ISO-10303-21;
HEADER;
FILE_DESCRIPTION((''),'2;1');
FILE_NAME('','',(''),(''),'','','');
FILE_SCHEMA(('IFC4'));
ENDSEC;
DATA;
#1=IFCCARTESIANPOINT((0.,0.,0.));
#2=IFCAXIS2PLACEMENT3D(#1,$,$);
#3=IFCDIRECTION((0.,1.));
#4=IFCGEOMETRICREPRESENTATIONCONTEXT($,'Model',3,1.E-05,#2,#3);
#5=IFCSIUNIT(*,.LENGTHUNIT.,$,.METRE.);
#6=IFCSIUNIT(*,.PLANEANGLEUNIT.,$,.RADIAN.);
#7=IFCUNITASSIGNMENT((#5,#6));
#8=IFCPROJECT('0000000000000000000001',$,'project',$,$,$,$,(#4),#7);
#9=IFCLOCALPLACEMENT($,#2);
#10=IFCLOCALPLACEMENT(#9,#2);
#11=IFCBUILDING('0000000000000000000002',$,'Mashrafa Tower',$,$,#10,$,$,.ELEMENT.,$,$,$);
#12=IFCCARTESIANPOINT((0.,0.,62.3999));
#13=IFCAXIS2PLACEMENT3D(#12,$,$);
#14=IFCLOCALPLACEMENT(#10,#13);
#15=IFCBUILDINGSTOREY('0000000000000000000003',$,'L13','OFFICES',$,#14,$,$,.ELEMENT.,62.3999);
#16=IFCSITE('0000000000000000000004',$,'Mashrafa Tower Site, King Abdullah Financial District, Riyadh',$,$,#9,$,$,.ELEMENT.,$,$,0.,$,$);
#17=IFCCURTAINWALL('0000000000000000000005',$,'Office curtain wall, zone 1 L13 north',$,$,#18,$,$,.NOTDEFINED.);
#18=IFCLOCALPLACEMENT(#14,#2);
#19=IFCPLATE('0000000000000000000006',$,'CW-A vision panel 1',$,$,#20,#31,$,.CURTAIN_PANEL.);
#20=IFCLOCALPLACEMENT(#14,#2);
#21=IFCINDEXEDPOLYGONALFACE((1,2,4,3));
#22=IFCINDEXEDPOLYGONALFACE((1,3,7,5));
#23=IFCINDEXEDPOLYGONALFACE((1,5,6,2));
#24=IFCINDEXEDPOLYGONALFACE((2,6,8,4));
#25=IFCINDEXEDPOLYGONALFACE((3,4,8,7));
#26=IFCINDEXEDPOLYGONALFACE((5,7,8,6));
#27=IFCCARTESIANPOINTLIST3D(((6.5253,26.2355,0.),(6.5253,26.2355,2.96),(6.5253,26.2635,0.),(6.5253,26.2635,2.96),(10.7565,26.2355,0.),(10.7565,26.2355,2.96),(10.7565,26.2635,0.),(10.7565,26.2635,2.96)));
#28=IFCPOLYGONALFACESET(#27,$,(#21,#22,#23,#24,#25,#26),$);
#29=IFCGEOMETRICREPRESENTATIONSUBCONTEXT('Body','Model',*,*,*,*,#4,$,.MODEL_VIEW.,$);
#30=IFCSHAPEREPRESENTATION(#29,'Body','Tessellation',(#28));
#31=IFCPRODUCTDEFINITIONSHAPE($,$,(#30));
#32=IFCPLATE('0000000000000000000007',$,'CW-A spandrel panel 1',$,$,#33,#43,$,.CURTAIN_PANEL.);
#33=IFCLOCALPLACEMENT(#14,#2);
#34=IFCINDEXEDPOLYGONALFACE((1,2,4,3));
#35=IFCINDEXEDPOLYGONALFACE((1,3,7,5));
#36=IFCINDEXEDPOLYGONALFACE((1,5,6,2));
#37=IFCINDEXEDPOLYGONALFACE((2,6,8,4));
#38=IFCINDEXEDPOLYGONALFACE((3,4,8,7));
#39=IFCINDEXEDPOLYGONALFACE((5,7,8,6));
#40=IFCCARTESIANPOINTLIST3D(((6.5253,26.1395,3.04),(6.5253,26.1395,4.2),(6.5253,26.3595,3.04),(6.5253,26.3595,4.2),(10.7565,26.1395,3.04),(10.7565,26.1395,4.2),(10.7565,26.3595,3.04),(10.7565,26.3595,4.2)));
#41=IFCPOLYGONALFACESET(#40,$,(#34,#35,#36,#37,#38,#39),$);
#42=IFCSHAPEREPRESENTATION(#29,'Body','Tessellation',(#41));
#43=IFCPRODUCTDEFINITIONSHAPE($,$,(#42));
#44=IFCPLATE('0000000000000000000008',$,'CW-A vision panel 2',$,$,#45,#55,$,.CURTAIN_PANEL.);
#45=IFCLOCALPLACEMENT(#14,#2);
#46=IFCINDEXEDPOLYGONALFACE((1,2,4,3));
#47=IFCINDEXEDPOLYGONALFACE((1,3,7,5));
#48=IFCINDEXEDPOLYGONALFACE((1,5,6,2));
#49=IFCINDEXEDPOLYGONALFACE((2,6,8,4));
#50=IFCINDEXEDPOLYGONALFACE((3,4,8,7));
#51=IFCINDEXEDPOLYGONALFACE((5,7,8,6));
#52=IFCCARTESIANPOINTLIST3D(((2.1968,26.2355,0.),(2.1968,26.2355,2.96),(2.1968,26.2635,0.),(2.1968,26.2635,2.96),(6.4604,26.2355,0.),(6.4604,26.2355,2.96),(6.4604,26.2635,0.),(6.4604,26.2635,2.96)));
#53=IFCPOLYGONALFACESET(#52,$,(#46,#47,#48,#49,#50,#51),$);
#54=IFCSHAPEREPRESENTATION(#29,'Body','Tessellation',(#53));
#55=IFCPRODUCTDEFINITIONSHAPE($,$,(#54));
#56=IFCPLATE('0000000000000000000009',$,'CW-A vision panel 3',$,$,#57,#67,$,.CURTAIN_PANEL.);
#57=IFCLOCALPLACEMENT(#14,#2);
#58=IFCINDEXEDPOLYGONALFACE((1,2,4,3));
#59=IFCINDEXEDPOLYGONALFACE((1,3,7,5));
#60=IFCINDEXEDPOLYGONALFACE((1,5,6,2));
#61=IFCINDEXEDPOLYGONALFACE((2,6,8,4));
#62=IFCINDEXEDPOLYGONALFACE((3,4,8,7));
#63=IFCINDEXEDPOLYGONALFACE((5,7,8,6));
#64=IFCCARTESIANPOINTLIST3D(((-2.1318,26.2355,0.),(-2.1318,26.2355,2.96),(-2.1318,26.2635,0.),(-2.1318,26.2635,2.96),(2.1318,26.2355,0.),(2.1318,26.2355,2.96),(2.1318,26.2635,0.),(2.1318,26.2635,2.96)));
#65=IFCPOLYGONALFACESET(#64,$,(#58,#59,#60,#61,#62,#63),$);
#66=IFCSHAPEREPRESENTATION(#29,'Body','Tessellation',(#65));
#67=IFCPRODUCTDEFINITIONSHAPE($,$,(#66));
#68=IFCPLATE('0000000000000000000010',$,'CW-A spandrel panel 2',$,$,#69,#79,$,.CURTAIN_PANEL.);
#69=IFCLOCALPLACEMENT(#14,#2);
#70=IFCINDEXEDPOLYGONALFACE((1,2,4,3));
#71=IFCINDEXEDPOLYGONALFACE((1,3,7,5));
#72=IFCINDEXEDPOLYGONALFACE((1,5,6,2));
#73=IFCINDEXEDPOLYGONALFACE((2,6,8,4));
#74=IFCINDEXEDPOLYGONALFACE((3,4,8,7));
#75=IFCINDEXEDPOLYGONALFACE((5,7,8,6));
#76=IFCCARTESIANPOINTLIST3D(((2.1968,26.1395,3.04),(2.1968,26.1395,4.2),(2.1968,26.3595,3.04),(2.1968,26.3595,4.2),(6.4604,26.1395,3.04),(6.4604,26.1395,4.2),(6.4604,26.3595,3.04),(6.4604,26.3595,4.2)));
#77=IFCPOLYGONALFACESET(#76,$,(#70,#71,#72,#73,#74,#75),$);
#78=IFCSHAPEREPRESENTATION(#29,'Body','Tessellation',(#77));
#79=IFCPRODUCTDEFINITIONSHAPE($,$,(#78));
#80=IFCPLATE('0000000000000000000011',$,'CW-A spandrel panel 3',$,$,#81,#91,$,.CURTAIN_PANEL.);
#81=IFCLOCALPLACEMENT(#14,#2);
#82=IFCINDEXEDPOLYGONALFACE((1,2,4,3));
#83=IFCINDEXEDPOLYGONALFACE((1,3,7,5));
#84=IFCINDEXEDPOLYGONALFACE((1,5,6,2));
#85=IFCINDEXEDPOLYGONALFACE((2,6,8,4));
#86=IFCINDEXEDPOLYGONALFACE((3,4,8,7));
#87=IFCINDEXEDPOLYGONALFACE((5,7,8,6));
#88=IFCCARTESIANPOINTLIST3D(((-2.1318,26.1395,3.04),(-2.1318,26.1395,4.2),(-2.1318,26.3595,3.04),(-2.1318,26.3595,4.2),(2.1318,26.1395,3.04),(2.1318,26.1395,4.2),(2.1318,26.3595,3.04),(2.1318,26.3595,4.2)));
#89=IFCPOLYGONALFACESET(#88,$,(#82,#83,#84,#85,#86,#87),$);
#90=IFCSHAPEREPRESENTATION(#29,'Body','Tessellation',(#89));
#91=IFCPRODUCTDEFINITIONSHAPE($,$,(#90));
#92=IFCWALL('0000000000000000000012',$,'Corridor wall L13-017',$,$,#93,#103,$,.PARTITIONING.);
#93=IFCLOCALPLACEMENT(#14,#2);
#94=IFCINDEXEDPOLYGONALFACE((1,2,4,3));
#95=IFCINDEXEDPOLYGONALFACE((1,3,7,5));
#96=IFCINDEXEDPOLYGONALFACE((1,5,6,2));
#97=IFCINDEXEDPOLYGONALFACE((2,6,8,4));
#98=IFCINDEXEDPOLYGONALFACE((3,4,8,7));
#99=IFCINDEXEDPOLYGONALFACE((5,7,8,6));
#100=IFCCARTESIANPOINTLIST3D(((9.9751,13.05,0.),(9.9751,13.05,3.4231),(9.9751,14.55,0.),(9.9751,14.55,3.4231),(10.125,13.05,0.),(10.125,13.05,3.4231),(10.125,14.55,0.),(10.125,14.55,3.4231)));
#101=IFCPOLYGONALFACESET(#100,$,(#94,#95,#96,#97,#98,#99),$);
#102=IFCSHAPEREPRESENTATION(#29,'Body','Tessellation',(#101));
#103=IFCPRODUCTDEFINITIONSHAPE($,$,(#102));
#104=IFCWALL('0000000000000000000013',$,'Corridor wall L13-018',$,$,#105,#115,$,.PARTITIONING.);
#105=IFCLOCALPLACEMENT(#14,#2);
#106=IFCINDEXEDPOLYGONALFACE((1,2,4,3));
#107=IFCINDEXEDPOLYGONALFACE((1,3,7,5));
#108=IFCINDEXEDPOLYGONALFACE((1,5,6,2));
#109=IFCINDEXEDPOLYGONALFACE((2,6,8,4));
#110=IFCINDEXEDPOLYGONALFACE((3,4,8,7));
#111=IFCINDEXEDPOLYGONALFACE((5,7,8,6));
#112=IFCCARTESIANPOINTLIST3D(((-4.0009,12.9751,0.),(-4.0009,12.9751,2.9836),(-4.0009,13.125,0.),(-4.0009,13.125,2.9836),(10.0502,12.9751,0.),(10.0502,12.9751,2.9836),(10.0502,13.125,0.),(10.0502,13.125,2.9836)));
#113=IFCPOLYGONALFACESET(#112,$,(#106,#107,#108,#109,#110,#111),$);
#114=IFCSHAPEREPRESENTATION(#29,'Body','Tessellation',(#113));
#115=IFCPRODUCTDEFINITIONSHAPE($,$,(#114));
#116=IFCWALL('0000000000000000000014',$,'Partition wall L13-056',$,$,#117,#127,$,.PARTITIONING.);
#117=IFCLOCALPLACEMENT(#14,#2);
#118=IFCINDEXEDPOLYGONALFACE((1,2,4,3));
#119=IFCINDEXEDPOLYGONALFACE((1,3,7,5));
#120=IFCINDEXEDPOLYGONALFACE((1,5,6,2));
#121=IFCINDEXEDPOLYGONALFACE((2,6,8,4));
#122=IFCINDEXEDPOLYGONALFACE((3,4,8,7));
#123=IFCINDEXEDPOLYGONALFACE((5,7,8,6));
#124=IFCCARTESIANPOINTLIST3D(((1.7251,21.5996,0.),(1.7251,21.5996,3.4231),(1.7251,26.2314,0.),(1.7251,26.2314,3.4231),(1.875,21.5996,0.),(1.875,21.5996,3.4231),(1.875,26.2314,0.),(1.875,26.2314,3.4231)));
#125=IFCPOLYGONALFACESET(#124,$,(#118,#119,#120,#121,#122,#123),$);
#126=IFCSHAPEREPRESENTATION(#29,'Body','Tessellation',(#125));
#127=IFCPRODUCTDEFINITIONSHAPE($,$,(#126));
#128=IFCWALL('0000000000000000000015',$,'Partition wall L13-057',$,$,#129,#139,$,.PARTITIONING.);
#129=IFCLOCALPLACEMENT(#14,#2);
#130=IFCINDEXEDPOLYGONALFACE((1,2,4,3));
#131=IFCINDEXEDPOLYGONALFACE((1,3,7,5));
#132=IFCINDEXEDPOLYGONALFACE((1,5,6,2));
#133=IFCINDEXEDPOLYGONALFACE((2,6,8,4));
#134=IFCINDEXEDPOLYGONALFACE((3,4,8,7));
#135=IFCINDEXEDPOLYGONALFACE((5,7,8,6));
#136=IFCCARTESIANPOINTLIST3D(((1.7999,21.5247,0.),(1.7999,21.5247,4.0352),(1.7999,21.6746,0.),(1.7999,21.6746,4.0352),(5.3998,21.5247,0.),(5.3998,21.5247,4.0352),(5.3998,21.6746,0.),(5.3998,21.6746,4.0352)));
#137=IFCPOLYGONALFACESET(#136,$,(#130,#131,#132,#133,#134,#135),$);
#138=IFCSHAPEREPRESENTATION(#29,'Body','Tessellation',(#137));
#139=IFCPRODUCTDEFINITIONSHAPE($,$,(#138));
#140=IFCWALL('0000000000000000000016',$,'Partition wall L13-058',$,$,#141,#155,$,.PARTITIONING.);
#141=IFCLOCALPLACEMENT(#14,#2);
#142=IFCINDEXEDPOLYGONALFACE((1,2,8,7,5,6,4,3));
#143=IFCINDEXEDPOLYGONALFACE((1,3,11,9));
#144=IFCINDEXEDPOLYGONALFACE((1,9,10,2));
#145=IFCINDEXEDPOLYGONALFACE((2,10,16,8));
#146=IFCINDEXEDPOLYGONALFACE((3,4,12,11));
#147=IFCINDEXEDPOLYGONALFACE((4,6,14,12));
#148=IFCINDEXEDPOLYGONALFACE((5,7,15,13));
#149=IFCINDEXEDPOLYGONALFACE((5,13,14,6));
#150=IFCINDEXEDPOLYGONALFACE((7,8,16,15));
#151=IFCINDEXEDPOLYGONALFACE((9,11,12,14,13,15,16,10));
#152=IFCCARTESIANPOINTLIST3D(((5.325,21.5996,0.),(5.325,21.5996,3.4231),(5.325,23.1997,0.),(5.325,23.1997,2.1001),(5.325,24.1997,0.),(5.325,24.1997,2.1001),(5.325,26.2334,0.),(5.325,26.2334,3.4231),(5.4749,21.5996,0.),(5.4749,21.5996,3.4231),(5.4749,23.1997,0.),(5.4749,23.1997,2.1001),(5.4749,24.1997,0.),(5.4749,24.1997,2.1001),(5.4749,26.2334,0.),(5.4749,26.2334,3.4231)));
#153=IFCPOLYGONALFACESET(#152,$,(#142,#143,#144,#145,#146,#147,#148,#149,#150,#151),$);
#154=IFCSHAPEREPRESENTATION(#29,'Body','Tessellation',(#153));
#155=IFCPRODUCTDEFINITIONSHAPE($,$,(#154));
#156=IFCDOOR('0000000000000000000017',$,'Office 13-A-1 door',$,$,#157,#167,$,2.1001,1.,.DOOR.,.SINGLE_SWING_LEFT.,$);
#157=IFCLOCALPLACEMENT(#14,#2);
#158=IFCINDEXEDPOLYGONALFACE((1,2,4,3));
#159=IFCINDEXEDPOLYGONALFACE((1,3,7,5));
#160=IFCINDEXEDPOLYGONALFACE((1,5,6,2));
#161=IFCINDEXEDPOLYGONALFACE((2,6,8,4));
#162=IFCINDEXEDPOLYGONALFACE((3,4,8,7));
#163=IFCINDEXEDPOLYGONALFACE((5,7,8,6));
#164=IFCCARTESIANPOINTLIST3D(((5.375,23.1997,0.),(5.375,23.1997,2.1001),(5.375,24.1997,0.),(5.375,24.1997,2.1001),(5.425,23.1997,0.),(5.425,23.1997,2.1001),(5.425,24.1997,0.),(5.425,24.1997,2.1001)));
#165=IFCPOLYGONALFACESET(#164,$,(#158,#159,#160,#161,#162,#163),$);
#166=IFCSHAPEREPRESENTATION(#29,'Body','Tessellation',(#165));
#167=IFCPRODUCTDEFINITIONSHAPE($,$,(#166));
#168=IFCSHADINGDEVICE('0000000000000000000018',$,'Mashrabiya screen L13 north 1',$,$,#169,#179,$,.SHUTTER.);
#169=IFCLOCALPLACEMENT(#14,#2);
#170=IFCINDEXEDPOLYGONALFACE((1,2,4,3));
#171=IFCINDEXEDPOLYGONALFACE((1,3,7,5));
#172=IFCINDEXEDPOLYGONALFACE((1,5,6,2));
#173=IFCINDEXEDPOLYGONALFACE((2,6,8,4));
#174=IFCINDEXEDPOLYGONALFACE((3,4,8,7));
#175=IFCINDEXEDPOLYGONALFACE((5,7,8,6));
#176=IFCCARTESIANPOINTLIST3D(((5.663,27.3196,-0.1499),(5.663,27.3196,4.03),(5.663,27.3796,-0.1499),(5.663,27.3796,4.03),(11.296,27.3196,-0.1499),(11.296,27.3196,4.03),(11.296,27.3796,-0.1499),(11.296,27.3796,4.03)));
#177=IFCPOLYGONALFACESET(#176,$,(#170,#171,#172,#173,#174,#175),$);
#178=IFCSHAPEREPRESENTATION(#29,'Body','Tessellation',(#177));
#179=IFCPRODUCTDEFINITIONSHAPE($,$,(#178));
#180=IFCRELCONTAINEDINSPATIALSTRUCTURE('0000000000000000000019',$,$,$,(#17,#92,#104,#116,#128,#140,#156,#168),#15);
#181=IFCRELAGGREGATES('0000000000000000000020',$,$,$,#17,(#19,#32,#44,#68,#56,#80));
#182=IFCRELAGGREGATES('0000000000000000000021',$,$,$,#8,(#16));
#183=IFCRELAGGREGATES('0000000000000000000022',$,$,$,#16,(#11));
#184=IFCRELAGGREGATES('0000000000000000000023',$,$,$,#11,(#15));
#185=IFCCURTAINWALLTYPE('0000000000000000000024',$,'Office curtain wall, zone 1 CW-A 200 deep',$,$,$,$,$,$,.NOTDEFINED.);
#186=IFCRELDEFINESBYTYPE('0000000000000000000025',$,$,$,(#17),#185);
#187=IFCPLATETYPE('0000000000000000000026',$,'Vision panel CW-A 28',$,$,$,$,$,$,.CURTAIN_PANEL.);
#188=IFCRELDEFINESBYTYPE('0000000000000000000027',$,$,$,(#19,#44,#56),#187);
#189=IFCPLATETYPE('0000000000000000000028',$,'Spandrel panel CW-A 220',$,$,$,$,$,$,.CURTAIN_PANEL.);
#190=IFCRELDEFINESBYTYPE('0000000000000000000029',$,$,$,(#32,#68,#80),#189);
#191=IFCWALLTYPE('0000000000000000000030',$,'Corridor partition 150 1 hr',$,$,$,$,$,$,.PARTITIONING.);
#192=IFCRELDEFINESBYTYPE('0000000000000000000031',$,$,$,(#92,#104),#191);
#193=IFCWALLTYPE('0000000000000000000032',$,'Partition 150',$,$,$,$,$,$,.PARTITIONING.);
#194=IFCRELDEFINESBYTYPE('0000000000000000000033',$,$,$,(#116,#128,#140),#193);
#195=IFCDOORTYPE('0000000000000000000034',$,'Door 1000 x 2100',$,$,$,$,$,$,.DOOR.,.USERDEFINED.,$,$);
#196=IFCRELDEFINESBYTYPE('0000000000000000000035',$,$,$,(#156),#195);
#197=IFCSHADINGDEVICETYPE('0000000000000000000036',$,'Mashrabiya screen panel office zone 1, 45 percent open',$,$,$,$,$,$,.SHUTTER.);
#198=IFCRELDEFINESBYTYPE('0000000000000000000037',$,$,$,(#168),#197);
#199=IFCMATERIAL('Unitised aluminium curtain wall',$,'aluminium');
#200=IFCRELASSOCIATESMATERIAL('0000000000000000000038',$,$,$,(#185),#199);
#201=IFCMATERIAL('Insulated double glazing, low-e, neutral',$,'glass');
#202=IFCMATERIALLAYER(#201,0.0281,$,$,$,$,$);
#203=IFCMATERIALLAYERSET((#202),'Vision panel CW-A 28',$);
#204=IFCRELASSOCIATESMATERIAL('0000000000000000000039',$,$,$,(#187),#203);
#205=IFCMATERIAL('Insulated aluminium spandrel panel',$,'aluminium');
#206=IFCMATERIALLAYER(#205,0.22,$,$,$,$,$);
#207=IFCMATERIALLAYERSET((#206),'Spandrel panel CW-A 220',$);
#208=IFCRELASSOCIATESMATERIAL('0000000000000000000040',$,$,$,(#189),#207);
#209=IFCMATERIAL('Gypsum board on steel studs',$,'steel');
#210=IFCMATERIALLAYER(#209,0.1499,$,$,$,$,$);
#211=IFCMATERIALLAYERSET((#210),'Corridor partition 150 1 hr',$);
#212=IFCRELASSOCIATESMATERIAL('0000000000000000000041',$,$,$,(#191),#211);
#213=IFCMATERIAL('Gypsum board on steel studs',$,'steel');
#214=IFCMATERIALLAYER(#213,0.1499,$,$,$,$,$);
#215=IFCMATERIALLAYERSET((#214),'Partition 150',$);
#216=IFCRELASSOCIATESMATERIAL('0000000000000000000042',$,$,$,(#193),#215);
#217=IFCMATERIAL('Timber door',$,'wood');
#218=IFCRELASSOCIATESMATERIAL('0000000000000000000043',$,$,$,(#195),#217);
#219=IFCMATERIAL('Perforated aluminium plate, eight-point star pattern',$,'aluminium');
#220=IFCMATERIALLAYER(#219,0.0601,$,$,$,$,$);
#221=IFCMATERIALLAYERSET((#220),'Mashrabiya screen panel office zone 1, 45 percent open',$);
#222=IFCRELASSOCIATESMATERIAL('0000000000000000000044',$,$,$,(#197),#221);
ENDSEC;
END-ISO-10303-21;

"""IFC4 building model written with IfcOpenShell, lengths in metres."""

from ifc_helpers import new_model, si_unit, direction, frame, frame_2d, origin, origin_2d, place, context, subcontext, project, spatial, rectangle, extrude, source, transform, mapped, material, layer, layer_set, type_object, type_shapes, element, fill, aggregate, save


model = new_model("IFC4")

# Units and contexts
model_context = context("Model", 3, precision=1e-05, world=origin(), true_north=direction((0.0, 1.0)))
body_context = subcontext(model_context, "Body", "Model", "MODEL_VIEW")
ifc_project = project(units=[si_unit("LENGTHUNIT", "METRE"), si_unit("PLANEANGLEUNIT", "RADIAN")], contexts=[model_context])

# Site, building, storey
site_placement = place(None, origin())
site = spatial("IfcSite", under=ifc_project, at=site_placement, Name="Mashrafa Tower Site, King Abdullah Financial District, Riyadh", CompositionType="ELEMENT", RefElevation=0.0)
building_placement = place(site_placement, origin())
building = spatial("IfcBuilding", under=site, at=building_placement, Name="Mashrafa Tower", CompositionType="ELEMENT")
storey_placement = place(building_placement, frame((0.0, 0.0, 62.3999)))
storey = spatial("IfcBuildingStorey", under=building, at=storey_placement, Name="L13", Description="OFFICES", CompositionType="ELEMENT", Elevation=62.3999)

# Shared definitions
ifc_material_1 = material(Name="Unitised aluminium curtain wall", Category="aluminium")
curtain_wall_type = type_object("IfcCurtainWallType", Name="Office curtain wall, zone 1 CW-A 200 deep", PredefinedType="NOTDEFINED", material=ifc_material_1)

# Curtain wall, plates
curtain_wall_1_placement = place(storey_placement, origin())
curtain_wall_1 = element("IfcCurtainWall", 1, at=curtain_wall_1_placement, inside=storey, type_object=curtain_wall_type, Name="Office curtain wall, zone 1 L13 north", PredefinedType="NOTDEFINED")
ifc_material_2 = material(Name="Insulated double glazing, low-e, neutral", Category="glass")
ifc_layer_1 = layer(ifc_material_2, 0.0281)
ifc_layer_set_1 = layer_set([ifc_layer_1], Name="Vision panel CW-A 28")
plate_type_1 = type_object("IfcPlateType", Name="Vision panel CW-A 28", PredefinedType="CURTAIN_PANEL", material=ifc_layer_set_1)
shared_shape_1 = source(origin(), body_context, "Body", "SweptSolid", [
    extrude(rectangle(XDim=4.2312, YDim=0.0281, at=origin_2d()), origin(), (0.0, 0.0, 1.0), 2.96),
])
plate_1_placement = place(storey_placement, frame((8.6409, 26.2495, 0.0), z_axis=(0.0, 0.0, 1.0), x_axis=(-1.0, 0.0, 0.0)))
plate_1 = element("IfcPlate", 2, at=plate_1_placement, type_object=plate_type_1, Name="CW-A vision panel 1", PredefinedType="CURTAIN_PANEL", context=body_context, shape_type="MappedRepresentation", body=[
    mapped(shared_shape_1, transform((0.0, 0.0, 0.0))),
])
ifc_material_3 = material(Name="Insulated aluminium spandrel panel", Category="aluminium")
ifc_layer_2 = layer(ifc_material_3, 0.22)
ifc_layer_set_2 = layer_set([ifc_layer_2], Name="Spandrel panel CW-A 220")
plate_type_2 = type_object("IfcPlateType", Name="Spandrel panel CW-A 220", PredefinedType="CURTAIN_PANEL", material=ifc_layer_set_2)
shared_shape_2 = source(origin(), body_context, "Body", "SweptSolid", [
    extrude(rectangle(XDim=4.2312, YDim=0.22, at=origin_2d()), origin(), (0.0, 0.0, 1.0), 1.1599),
])
plate_2_placement = place(storey_placement, frame((8.6409, 26.2495, 3.04), z_axis=(0.0, 0.0, 1.0), x_axis=(-1.0, 0.0, 0.0)))
plate_2 = element("IfcPlate", 3, at=plate_2_placement, type_object=plate_type_2, Name="CW-A spandrel panel 1", PredefinedType="CURTAIN_PANEL", context=body_context, shape_type="MappedRepresentation", body=[
    mapped(shared_shape_2, transform((0.0, 0.0, 0.0))),
])
shared_shape_3 = source(origin(), body_context, "Body", "SweptSolid", [
    extrude(rectangle(XDim=4.2637, YDim=0.0281, at=origin_2d()), origin(), (0.0, 0.0, 1.0), 2.96),
])
type_shapes(plate_type_1, [shared_shape_1, shared_shape_3])
plate_3_placement = place(storey_placement, frame((4.3286, 26.2495, 0.0), z_axis=(0.0, 0.0, 1.0), x_axis=(-1.0, 0.0, 0.0)))
plate_3 = element("IfcPlate", 4, at=plate_3_placement, type_object=plate_type_1, Name="CW-A vision panel 2", PredefinedType="CURTAIN_PANEL", context=body_context, shape_type="MappedRepresentation", body=[
    mapped(shared_shape_3, transform((0.0, 0.0, 0.0))),
])
plate_4_placement = place(storey_placement, frame((0.0, 26.2495, 0.0), z_axis=(0.0, 0.0, 1.0), x_axis=(-1.0, 0.0, 0.0)))
plate_4 = element("IfcPlate", 5, at=plate_4_placement, type_object=plate_type_1, Name="CW-A vision panel 3", PredefinedType="CURTAIN_PANEL", context=body_context, shape_type="MappedRepresentation", body=[
    mapped(shared_shape_3, transform((0.0, 0.0, 0.0))),
])
shared_shape_4 = source(origin(), body_context, "Body", "SweptSolid", [
    extrude(rectangle(XDim=4.2637, YDim=0.22, at=origin_2d()), origin(), (0.0, 0.0, 1.0), 1.1599),
])
type_shapes(plate_type_2, [shared_shape_2, shared_shape_4])
plate_5_placement = place(storey_placement, frame((4.3286, 26.2495, 3.04), z_axis=(0.0, 0.0, 1.0), x_axis=(-1.0, 0.0, 0.0)))
plate_5 = element("IfcPlate", 6, at=plate_5_placement, type_object=plate_type_2, Name="CW-A spandrel panel 2", PredefinedType="CURTAIN_PANEL", context=body_context, shape_type="MappedRepresentation", body=[
    mapped(shared_shape_4, transform((0.0, 0.0, 0.0))),
])
plate_6_placement = place(storey_placement, frame((0.0, 26.2495, 3.04), z_axis=(0.0, 0.0, 1.0), x_axis=(-1.0, 0.0, 0.0)))
plate_6 = element("IfcPlate", 7, at=plate_6_placement, type_object=plate_type_2, Name="CW-A spandrel panel 3", PredefinedType="CURTAIN_PANEL", context=body_context, shape_type="MappedRepresentation", body=[
    mapped(shared_shape_4, transform((0.0, 0.0, 0.0))),
])
aggregate(curtain_wall_1, [plate_1, plate_2, plate_3, plate_5, plate_4, plate_6])

# Walls
ifc_material_4 = material(Name="Gypsum board on steel studs", Category="steel")
ifc_layer_3 = layer(ifc_material_4, 0.1499)
ifc_layer_set_3 = layer_set([ifc_layer_3], Name="Corridor partition 150 1 hr")
wall_type_1 = type_object("IfcWallType", Name="Corridor partition 150 1 hr", PredefinedType="PARTITIONING", material=ifc_layer_set_3)
wall_1_placement = place(storey_placement, frame((10.05, 14.55, 0.0), z_axis=(0.0, 0.0, 1.0), x_axis=(0.0, -1.0, 0.0)))
element("IfcWall", 8, at=wall_1_placement, inside=storey, type_object=wall_type_1, Name="Corridor wall L13-017", PredefinedType="PARTITIONING", context=body_context, shape_type="SweptSolid", body=[
    extrude(rectangle(XDim=1.5, YDim=0.1499, at=frame_2d((0.75, 0.0))), origin(), (0.0, 0.0, 1.0), 3.4231),
])
wall_2_placement = place(storey_placement, frame((10.05, 13.05, 0.0), z_axis=(0.0, 0.0, 1.0), x_axis=(-1.0, 0.0, 0.0)))
element("IfcWall", 9, at=wall_2_placement, inside=storey, type_object=wall_type_1, Name="Corridor wall L13-018", PredefinedType="PARTITIONING", context=body_context, shape_type="SweptSolid", body=[
    extrude(rectangle(XDim=14.051, YDim=0.1499, at=frame_2d((7.0254, 0.0))), origin(), (0.0, 0.0, 1.0), 2.9836),
])
ifc_material_5 = material(Name="Gypsum board on steel studs", Category="steel")
ifc_layer_4 = layer(ifc_material_5, 0.1499)
ifc_layer_set_4 = layer_set([ifc_layer_4], Name="Partition 150")
wall_type_2 = type_object("IfcWallType", Name="Partition 150", PredefinedType="PARTITIONING", material=ifc_layer_set_4)
wall_3_placement = place(storey_placement, frame((1.8, 26.2314, 0.0), z_axis=(0.0, 0.0, 1.0), x_axis=(0.0, -1.0, 0.0)))
element("IfcWall", 10, at=wall_3_placement, inside=storey, type_object=wall_type_2, Name="Partition wall L13-056", PredefinedType="PARTITIONING", context=body_context, shape_type="SweptSolid", body=[
    extrude(rectangle(XDim=4.6318, YDim=0.1499, at=frame_2d((2.3159, 0.0))), origin(), (0.0, 0.0, 1.0), 3.4231),
])
wall_4_placement = place(storey_placement, frame((1.8, 21.5996, 0.0), z_axis=(0.0, 0.0, 1.0), x_axis=(1.0, 0.0, 0.0)))
element("IfcWall", 11, at=wall_4_placement, inside=storey, type_object=wall_type_2, Name="Partition wall L13-057", PredefinedType="PARTITIONING", context=body_context, shape_type="SweptSolid", body=[
    extrude(rectangle(XDim=3.5999, YDim=0.1499, at=frame_2d((1.7998, 0.0))), origin(), (0.0, 0.0, 1.0), 4.0352),
])

# Wall, opening, door
wall_5_placement = place(storey_placement, frame((5.3999, 21.5996, 0.0), z_axis=(0.0, 0.0, 1.0), x_axis=(0.0, 1.0, 0.0)))
wall_5 = element("IfcWall", 12, at=wall_5_placement, inside=storey, type_object=wall_type_2, Name="Partition wall L13-058", PredefinedType="PARTITIONING", context=body_context, shape_type="SweptSolid", body=[
    extrude(rectangle(XDim=4.6338, YDim=0.1499, at=frame_2d((2.3169, 0.0))), origin(), (0.0, 0.0, 1.0), 3.4231),
])
opening_placement = place(wall_5_placement, frame((1.6001, 0.0, 0.0)))
opening = element("IfcOpeningElement", 13, at=opening_placement, cuts=wall_5, PredefinedType="OPENING", context=body_context, shape_type="SweptSolid", body=[
    extrude(rectangle(XDim=1.0, YDim=2.1001, at=frame_2d((0.5, 1.05))), frame((0.0, 0.085, 0.0), z_axis=(0.0, -1.0, 0.0), x_axis=(1.0, 0.0, 0.0)), (0.0, 0.0, 1.0), 0.1699),
])
ifc_material_6 = material(Name="Timber door", Category="wood")
door_type = type_object("IfcDoorType", Name="Door 1000 x 2100", OperationType="USERDEFINED", PredefinedType="DOOR", material=ifc_material_6)
door_placement = place(opening_placement, origin())
door = element("IfcDoor", 14, at=door_placement, inside=storey, type_object=door_type, Name="Office 13-A-1 door", OperationType="SINGLE_SWING_LEFT", OverallHeight=2.1001, OverallWidth=1.0, PredefinedType="DOOR", context=body_context, shape_type="SweptSolid", body=[
    extrude(rectangle(XDim=1.0, YDim=2.1001, at=frame_2d((0.5, 1.05))), frame((0.0, 0.0249, 0.0), z_axis=(0.0, -1.0, 0.0), x_axis=(1.0, 0.0, 0.0)), (0.0, 0.0, 1.0), 0.05),
])
fill(opening, door)

# Shading device
ifc_material_7 = material(Name="Perforated aluminium plate, eight-point star pattern", Category="aluminium")
ifc_layer_5 = layer(ifc_material_7, 0.0601)
ifc_layer_set_5 = layer_set([ifc_layer_5], Name="Mashrabiya screen panel office zone 1, 45 percent open")
shading_device_type = type_object("IfcShadingDeviceType", Name="Mashrabiya screen panel office zone 1, 45 percent open", PredefinedType="SHUTTER", material=ifc_layer_set_5)
shared_shape_5 = source(origin(), body_context, "Body", "SweptSolid", [
    extrude(rectangle(XDim=5.6331, YDim=0.0601, at=origin_2d()), origin(), (0.0, 0.0, 1.0), 4.1799),
])
type_shapes(shading_device_type, [shared_shape_5])
for number, where, z_axis, x_axis, name in (
    (15, (8.4795, 27.3496, -0.1499), (0.0, 0.0, 1.0), (-1.0, 0.0, 0.0), "Mashrabiya screen L13 north 1"),
):
    element("IfcShadingDevice", number, at=place(storey_placement, frame(where, z_axis=z_axis, x_axis=x_axis)), inside=storey, type_object=shading_device_type, Name=name, PredefinedType="SHUTTER", context=body_context, shape_type="MappedRepresentation", body=[
        mapped(shared_shape_5, transform((0.0, 0.0, 0.0))),
    ])

save(model, "model.ifc")
